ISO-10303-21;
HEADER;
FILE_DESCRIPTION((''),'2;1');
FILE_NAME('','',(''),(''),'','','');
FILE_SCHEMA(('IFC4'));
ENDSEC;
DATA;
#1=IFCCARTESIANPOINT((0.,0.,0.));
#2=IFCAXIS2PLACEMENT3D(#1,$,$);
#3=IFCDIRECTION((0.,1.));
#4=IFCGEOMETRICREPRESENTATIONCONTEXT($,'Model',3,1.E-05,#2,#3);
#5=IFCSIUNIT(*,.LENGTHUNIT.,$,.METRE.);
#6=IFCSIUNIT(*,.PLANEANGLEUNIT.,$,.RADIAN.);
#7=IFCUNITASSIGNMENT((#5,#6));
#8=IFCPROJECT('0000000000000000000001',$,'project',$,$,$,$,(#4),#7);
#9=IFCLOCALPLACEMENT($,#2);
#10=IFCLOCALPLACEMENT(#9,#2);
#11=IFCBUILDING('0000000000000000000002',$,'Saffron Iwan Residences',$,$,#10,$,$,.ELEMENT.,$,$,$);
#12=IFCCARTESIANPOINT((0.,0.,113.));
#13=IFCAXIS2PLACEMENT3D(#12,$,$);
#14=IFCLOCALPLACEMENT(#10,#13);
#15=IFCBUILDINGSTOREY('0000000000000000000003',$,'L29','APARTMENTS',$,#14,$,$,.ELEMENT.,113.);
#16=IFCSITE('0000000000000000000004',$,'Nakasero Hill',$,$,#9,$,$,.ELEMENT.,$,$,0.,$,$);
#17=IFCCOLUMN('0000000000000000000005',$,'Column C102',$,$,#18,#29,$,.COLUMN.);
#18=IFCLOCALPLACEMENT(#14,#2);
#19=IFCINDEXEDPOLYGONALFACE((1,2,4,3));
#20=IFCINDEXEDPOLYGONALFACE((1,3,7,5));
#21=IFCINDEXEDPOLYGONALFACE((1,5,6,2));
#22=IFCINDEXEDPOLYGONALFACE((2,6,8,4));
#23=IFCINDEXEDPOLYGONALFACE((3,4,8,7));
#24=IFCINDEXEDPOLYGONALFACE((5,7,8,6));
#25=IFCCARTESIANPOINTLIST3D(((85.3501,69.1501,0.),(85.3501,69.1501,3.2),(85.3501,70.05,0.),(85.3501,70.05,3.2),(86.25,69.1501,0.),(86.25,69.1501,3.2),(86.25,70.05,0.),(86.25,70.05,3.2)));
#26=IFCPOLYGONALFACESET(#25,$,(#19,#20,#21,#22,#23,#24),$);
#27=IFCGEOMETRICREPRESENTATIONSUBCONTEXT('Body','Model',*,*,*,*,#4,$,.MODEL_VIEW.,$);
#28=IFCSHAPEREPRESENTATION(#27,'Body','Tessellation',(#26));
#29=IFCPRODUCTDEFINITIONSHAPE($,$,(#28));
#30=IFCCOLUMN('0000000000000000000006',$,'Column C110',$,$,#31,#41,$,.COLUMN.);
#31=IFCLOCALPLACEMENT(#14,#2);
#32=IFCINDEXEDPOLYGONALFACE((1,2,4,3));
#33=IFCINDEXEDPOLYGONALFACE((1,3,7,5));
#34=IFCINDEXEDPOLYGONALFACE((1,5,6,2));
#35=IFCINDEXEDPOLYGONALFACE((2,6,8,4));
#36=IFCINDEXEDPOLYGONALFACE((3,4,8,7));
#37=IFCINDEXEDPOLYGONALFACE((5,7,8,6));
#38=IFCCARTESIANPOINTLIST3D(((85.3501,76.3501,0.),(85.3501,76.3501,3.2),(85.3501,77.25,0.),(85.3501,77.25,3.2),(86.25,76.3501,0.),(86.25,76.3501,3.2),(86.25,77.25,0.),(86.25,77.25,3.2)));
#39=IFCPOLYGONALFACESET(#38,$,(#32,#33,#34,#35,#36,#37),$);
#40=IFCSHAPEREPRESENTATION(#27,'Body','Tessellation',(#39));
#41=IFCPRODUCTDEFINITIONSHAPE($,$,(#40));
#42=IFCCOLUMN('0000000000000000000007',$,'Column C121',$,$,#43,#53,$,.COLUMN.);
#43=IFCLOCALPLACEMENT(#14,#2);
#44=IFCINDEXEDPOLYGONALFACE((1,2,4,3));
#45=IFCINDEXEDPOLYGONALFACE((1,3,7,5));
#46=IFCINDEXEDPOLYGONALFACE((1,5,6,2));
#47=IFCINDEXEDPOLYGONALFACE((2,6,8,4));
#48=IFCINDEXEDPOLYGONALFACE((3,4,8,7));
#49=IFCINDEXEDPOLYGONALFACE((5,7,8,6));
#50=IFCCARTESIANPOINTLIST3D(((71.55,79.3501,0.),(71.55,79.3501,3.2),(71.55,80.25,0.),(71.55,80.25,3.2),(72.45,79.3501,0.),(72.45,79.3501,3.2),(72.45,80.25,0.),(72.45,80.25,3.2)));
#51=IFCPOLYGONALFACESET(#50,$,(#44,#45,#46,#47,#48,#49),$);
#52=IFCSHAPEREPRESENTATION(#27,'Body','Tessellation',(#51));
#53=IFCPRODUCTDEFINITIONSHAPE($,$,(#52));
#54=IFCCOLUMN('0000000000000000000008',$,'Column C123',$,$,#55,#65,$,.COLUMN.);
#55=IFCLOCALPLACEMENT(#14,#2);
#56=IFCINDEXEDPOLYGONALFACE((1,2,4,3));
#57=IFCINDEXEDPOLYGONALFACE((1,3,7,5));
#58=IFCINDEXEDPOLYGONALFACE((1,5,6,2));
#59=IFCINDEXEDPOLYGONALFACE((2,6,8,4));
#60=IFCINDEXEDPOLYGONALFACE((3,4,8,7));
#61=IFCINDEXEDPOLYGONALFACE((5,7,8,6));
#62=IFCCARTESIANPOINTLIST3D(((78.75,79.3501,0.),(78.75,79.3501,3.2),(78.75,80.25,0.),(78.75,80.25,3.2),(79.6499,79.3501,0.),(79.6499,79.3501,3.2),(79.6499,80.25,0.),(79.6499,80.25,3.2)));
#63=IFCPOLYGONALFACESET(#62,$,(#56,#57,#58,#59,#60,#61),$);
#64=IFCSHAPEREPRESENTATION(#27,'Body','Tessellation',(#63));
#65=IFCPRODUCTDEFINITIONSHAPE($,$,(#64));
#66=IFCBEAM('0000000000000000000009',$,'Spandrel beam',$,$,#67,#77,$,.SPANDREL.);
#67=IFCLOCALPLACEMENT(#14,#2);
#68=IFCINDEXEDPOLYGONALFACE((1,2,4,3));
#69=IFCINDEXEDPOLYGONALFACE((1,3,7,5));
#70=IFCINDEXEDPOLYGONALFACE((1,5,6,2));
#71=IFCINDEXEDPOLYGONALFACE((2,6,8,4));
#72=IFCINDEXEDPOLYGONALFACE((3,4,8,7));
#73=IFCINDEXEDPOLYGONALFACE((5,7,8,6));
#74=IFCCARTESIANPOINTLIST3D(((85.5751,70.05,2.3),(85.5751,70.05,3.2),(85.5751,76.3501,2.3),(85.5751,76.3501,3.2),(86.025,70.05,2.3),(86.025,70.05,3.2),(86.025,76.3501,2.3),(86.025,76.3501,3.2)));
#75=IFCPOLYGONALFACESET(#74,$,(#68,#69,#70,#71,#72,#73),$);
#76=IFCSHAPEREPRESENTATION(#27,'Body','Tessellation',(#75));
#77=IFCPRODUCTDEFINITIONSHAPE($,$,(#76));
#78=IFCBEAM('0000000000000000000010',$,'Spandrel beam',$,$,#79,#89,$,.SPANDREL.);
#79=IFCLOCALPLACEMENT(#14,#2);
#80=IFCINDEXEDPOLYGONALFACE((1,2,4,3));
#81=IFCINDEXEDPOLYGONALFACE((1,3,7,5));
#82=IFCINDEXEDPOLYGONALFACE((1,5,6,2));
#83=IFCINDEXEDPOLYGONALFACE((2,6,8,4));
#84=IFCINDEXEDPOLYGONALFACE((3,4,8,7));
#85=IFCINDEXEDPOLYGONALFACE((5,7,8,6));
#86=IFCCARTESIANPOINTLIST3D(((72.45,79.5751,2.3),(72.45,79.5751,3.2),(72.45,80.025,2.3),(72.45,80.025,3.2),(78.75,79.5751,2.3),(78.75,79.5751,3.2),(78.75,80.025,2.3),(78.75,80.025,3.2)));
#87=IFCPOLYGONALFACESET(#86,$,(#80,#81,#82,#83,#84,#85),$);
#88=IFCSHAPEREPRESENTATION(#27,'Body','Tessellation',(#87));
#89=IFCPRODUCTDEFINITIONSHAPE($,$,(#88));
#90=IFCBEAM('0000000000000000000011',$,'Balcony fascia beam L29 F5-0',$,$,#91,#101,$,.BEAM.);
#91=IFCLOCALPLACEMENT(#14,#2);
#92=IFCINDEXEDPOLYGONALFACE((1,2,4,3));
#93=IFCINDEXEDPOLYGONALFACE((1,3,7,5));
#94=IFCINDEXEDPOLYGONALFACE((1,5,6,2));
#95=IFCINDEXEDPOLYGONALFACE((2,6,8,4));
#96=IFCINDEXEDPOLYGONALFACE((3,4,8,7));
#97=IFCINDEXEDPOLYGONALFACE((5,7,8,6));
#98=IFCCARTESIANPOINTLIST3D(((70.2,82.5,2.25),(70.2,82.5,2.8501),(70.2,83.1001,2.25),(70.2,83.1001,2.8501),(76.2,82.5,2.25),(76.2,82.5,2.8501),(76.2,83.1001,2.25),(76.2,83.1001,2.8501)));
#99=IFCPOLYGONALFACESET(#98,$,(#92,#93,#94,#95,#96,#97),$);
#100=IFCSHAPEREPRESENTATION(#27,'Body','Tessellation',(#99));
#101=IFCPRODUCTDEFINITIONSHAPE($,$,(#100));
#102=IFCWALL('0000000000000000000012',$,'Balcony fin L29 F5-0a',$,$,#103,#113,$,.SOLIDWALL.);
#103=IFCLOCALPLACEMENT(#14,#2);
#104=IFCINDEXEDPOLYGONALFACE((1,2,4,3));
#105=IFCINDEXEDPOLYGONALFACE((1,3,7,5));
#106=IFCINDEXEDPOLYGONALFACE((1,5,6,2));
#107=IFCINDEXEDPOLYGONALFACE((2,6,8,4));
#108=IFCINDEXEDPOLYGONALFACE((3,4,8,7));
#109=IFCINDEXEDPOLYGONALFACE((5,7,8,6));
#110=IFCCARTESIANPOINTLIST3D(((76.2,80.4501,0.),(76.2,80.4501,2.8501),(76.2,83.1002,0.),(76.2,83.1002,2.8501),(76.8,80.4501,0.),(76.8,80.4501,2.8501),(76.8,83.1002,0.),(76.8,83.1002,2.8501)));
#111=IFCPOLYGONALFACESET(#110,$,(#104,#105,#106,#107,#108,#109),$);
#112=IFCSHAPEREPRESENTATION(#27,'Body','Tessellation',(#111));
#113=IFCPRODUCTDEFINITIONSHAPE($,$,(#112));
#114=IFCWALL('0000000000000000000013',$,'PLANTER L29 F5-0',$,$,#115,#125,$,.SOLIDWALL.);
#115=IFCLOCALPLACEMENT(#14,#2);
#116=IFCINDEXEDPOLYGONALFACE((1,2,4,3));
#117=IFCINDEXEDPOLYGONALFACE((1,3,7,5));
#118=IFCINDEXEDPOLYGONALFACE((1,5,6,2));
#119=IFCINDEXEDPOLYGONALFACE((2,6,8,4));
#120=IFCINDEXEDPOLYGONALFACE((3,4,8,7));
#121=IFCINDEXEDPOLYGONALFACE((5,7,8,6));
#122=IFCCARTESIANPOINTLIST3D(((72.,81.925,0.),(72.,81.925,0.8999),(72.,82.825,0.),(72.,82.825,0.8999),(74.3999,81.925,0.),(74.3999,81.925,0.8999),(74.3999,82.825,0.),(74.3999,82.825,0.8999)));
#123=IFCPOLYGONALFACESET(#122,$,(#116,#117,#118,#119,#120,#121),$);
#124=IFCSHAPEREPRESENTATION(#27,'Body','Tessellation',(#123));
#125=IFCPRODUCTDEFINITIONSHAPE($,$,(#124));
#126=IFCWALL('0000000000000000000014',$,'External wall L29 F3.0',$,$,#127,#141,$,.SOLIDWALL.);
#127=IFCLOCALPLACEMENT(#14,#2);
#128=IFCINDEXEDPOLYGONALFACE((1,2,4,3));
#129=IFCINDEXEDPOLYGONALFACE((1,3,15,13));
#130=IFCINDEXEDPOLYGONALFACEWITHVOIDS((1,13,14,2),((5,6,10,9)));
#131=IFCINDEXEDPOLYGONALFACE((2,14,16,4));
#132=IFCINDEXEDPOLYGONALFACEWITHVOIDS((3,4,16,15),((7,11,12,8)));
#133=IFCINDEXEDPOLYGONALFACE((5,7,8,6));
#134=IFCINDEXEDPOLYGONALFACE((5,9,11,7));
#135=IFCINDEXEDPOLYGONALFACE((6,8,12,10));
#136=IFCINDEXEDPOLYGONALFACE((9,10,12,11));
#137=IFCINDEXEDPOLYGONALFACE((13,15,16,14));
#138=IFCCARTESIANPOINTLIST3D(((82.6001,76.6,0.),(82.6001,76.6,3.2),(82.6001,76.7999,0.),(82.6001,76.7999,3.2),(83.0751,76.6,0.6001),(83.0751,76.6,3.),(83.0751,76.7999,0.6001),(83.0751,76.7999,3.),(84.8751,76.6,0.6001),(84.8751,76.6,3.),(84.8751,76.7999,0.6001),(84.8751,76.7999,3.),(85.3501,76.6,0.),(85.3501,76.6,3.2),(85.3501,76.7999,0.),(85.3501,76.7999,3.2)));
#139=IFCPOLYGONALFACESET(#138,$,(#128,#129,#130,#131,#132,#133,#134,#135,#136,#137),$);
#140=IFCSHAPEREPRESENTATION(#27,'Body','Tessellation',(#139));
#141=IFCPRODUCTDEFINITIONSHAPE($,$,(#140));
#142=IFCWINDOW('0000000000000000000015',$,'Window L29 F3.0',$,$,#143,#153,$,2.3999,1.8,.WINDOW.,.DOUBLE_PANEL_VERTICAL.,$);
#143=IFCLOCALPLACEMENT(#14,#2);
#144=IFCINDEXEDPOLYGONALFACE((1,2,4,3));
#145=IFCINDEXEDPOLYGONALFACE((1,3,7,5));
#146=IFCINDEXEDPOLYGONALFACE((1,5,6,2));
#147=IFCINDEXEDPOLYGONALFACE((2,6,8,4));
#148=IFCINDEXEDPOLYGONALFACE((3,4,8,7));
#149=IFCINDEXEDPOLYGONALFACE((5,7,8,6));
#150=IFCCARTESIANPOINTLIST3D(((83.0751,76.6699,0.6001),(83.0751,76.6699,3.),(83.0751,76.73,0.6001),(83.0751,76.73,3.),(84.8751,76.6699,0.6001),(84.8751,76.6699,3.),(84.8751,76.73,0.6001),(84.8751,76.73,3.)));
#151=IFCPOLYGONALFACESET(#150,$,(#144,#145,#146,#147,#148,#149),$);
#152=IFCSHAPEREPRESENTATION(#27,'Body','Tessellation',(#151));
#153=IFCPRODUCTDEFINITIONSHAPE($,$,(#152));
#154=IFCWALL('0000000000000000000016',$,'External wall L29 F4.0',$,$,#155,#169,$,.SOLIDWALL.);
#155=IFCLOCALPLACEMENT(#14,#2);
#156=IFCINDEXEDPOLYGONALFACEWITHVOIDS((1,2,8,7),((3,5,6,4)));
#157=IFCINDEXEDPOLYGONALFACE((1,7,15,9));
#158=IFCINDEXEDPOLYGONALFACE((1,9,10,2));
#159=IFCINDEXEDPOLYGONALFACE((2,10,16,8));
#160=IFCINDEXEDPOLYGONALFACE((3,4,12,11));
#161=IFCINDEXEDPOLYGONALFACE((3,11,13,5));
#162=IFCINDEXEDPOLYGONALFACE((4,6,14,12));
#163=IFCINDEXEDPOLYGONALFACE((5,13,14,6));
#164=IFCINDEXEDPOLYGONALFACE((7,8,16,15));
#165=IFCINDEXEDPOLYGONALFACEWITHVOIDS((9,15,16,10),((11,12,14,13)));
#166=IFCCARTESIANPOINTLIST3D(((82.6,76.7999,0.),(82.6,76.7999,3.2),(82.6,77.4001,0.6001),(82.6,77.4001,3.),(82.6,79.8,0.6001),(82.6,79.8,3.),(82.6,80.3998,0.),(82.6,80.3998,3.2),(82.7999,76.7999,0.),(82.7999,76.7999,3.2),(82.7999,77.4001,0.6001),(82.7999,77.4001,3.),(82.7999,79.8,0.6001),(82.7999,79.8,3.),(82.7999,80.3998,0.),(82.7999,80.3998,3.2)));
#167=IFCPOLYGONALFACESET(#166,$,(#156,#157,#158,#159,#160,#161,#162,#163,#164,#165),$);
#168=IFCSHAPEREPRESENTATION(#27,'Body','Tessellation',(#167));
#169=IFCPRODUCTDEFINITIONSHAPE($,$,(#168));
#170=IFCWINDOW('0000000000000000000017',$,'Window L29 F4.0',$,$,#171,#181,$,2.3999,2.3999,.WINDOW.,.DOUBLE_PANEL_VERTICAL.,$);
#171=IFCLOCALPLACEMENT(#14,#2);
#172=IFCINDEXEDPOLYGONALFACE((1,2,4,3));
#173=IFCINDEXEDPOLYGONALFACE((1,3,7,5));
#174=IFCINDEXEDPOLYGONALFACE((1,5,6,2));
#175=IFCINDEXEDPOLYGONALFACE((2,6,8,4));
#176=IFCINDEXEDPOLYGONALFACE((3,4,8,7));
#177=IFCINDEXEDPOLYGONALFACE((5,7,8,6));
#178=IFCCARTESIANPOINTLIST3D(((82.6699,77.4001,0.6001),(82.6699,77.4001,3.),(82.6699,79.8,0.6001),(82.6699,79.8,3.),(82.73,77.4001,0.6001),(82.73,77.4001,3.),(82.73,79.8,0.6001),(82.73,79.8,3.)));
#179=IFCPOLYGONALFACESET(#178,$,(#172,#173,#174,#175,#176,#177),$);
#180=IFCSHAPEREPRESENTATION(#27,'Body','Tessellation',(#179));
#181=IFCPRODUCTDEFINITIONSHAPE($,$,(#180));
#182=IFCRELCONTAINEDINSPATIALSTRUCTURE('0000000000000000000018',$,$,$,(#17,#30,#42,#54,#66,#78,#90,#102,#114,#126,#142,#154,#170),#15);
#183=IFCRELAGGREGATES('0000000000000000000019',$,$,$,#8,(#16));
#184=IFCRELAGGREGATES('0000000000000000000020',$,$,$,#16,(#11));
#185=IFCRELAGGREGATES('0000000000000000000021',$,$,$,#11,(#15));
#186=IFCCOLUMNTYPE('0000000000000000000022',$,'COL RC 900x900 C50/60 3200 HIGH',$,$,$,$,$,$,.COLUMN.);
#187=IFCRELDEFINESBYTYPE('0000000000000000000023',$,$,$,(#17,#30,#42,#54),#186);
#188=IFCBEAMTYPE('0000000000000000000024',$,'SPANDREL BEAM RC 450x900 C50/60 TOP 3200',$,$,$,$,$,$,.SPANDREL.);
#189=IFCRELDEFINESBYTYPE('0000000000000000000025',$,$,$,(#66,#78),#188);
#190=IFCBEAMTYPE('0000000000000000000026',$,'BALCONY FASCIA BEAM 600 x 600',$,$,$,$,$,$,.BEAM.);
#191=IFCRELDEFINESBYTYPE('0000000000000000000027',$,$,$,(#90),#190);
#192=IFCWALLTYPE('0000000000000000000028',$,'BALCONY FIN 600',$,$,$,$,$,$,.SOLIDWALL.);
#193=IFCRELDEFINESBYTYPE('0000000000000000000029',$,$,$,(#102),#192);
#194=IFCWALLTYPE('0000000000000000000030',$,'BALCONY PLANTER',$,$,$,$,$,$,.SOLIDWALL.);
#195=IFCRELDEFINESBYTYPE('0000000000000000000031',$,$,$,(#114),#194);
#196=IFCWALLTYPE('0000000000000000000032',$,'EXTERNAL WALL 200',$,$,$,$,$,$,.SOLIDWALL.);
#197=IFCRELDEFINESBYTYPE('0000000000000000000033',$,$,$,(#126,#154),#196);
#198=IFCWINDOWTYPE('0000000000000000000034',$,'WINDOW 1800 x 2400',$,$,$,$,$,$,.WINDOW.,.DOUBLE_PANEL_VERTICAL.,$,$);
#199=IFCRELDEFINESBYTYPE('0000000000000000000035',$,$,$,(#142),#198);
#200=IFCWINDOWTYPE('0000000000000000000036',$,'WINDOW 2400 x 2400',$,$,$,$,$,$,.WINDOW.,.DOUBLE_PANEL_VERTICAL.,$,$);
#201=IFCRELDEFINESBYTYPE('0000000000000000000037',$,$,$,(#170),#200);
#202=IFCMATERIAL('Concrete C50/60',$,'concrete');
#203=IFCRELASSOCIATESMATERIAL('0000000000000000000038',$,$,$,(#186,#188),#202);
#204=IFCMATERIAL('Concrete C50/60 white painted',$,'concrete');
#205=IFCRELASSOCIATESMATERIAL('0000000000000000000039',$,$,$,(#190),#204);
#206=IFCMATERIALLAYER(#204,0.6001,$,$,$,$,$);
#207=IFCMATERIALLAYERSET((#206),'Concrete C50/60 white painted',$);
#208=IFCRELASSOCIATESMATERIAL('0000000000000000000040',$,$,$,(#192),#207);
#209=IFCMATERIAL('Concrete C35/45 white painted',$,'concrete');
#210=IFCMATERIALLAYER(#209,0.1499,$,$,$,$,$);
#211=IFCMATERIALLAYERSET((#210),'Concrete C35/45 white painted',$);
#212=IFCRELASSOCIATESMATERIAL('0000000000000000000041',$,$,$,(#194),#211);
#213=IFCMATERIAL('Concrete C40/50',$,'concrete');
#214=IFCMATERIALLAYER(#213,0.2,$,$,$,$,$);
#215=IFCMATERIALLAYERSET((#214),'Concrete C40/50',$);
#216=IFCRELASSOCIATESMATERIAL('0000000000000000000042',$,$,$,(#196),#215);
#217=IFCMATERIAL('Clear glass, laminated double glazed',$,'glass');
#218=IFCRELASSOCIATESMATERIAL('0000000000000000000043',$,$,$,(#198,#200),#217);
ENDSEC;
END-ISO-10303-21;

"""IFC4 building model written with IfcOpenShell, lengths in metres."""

from ifc_helpers import new_model, si_unit, direction, frame, frame_2d, origin, origin_2d, place, context, subcontext, project, spatial, rectangle, extrude, source, transform, mapped, material, layer, layer_set, material_profile, profile_set, type_object, element, fill, save


model = new_model("IFC4")

# Units and contexts
model_context = context("Model", 3, precision=1e-05, world=origin(), true_north=direction((0.0, 1.0)))
body_context = subcontext(model_context, "Body", "Model", "MODEL_VIEW")
ifc_project = project(units=[si_unit("LENGTHUNIT", "METRE"), si_unit("PLANEANGLEUNIT", "RADIAN")], contexts=[model_context])

# Site, building, storey
site_placement = place(None, origin())
site = spatial("IfcSite", under=ifc_project, at=site_placement, Name="Nakasero Hill", CompositionType="ELEMENT", RefElevation=0.0)
building_placement = place(site_placement, origin())
building = spatial("IfcBuilding", under=site, at=building_placement, Name="Saffron Iwan Residences", CompositionType="ELEMENT")
storey_placement = place(building_placement, frame((0.0, 0.0, 113.0)))
storey = spatial("IfcBuildingStorey", under=building, at=storey_placement, Name="L29", Description="APARTMENTS", CompositionType="ELEMENT", Elevation=113.0)

# Columns
ifc_material_1 = material(Name="Concrete C50/60", Category="concrete")
ifc_material_profile_1 = material_profile(ifc_material_1, rectangle(XDim=0.8999, YDim=0.8999, at=origin_2d()), Name="RC 900x900")
ifc_profile_set_1 = profile_set([ifc_material_profile_1], Name="Concrete C50/60")
column_type = type_object("IfcColumnType", Name="COL RC 900x900 C50/60 3200 HIGH", PredefinedType="COLUMN", material=ifc_profile_set_1)
shared_shape_1 = source(origin(), body_context, "Body", "SweptSolid", [
    extrude(rectangle(XDim=0.8999, YDim=0.8999, at=origin_2d()), origin(), (0.0, 0.0, 1.0), 3.2),
])
for number, where, z_axis, x_axis, name in (
    (1, (85.8, 69.6001, 0.0), (0.0, 0.0, 1.0), (1.0, 0.0, 0.0), "Column C102"),
    (2, (85.8, 76.8, 0.0), (0.0, 0.0, 1.0), (1.0, 0.0, 0.0), "Column C110"),
    (3, (72.0, 79.8, 0.0), (0.0, 0.0, 1.0), (1.0, 0.0, 0.0), "Column C121"),
    (4, (79.2, 79.8, 0.0), (0.0, 0.0, 1.0), (1.0, 0.0, 0.0), "Column C123"),
):
    element("IfcColumn", number, at=place(storey_placement, frame(where, z_axis=z_axis, x_axis=x_axis)), inside=storey, type_object=column_type, Name=name, PredefinedType="COLUMN", context=body_context, shape_type="MappedRepresentation", body=[
        mapped(shared_shape_1, transform((0.0, 0.0, 0.0))),
    ])

# Beams
ifc_material_profile_2 = material_profile(ifc_material_1, rectangle(XDim=0.45, YDim=0.8999, at=origin_2d()), Name="RC 450x900")
ifc_profile_set_2 = profile_set([ifc_material_profile_2], Name="Concrete C50/60")
beam_type_1 = type_object("IfcBeamType", Name="SPANDREL BEAM RC 450x900 C50/60 TOP 3200", PredefinedType="SPANDREL", material=ifc_profile_set_2)
shared_shape_2 = source(origin(), body_context, "Body", "SweptSolid", [
    extrude(rectangle(XDim=0.45, YDim=0.8999, at=origin_2d()), origin(), (0.0, 0.0, 1.0), 6.3),
])
for number, where, z_axis, x_axis, name in (
    (5, (85.8, 76.3501, 2.75), (0.0, -1.0, 0.0), (1.0, 0.0, 0.0), "Spandrel beam"),
    (6, (72.45, 79.8, 2.75), (1.0, 0.0, 0.0), (0.0, 1.0, 0.0), "Spandrel beam"),
):
    element("IfcBeam", number, at=place(storey_placement, frame(where, z_axis=z_axis, x_axis=x_axis)), inside=storey, type_object=beam_type_1, Name=name, PredefinedType="SPANDREL", context=body_context, shape_type="MappedRepresentation", body=[
        mapped(shared_shape_2, transform((0.0, 0.0, 0.0))),
    ])
ifc_material_2 = material(Name="Concrete C50/60 white painted", Category="concrete")
ifc_material_profile_3 = material_profile(ifc_material_2, rectangle(XDim=0.6001, YDim=0.6001, at=origin_2d()), Name="BALCONY FASCIA BEAM 600 x 600")
ifc_profile_set_3 = profile_set([ifc_material_profile_3], Name="Concrete C50/60 white painted")
beam_type_2 = type_object("IfcBeamType", Name="BALCONY FASCIA BEAM 600 x 600", PredefinedType="BEAM", material=ifc_profile_set_3)
shared_shape_3 = source(origin(), body_context, "Body", "SweptSolid", [
    extrude(rectangle(XDim=0.6001, YDim=0.6001, at=origin_2d()), origin(), (0.0, 0.0, 1.0), 6.0),
])
beam_placement = place(storey_placement, frame((76.2, 82.8, 2.55), z_axis=(-1.0, 0.0, 0.0), x_axis=(0.0, -1.0, 0.0)))
element("IfcBeam", 7, at=beam_placement, inside=storey, type_object=beam_type_2, Name="Balcony fascia beam L29 F5-0", PredefinedType="BEAM", context=body_context, shape_type="MappedRepresentation", body=[
    mapped(shared_shape_3, transform((0.0, 0.0, 0.0))),
])

# Walls
ifc_layer_1 = layer(ifc_material_2, 0.6001)
ifc_layer_set_1 = layer_set([ifc_layer_1], Name="Concrete C50/60 white painted")
wall_type_1 = type_object("IfcWallType", Name="BALCONY FIN 600", PredefinedType="SOLIDWALL", material=ifc_layer_set_1)
wall_1_placement = place(storey_placement, frame((76.5, 80.45, 0.0), z_axis=(0.0, 0.0, 1.0), x_axis=(0.0, 1.0, 0.0)))
element("IfcWall", 8, at=wall_1_placement, inside=storey, type_object=wall_type_1, Name="Balcony fin L29 F5-0a", PredefinedType="SOLIDWALL", context=body_context, shape_type="SweptSolid", body=[
    extrude(rectangle(XDim=2.6501, YDim=0.6001, at=frame_2d((1.3252, 0.0))), origin(), (0.0, 0.0, 1.0), 2.8501),
])
ifc_material_3 = material(Name="Concrete C35/45 white painted", Category="concrete")
ifc_layer_2 = layer(ifc_material_3, 0.1499)
ifc_layer_set_2 = layer_set([ifc_layer_2], Name="Concrete C35/45 white painted")
wall_type_2 = type_object("IfcWallType", Name="BALCONY PLANTER", PredefinedType="SOLIDWALL", material=ifc_layer_set_2)
wall_2_placement = place(storey_placement, frame((74.3999, 82.375, 0.0), z_axis=(0.0, 0.0, 1.0), x_axis=(-1.0, 0.0, 0.0)))
element("IfcWall", 9, at=wall_2_placement, inside=storey, type_object=wall_type_2, Name="PLANTER L29 F5-0", PredefinedType="SOLIDWALL", context=body_context, shape_type="SweptSolid", body=[
    extrude(rectangle(XDim=2.3999, YDim=0.8999, at=frame_2d((1.2, 0.0))), origin(), (0.0, 0.0, 1.0), 0.8999),
])

# Walls, openings, windows
ifc_material_4 = material(Name="Concrete C40/50", Category="concrete")
ifc_layer_3 = layer(ifc_material_4, 0.2)
ifc_layer_set_3 = layer_set([ifc_layer_3], Name="Concrete C40/50")
wall_type_3 = type_object("IfcWallType", Name="EXTERNAL WALL 200", PredefinedType="SOLIDWALL", material=ifc_layer_set_3)
wall_3_placement = place(storey_placement, frame((85.3501, 76.7, 0.0), z_axis=(0.0, 0.0, 1.0), x_axis=(-1.0, 0.0, 0.0)))
wall_3 = element("IfcWall", 10, at=wall_3_placement, inside=storey, type_object=wall_type_3, Name="External wall L29 F3.0", PredefinedType="SOLIDWALL", context=body_context, shape_type="SweptSolid", body=[
    extrude(rectangle(XDim=2.75, YDim=0.2, at=frame_2d((1.375, 0.0))), origin(), (0.0, 0.0, 1.0), 3.2),
])
opening_1_placement = place(wall_3_placement, frame((0.4751, 0.0, 0.6001)))
opening_1 = element("IfcOpeningElement", 11, at=opening_1_placement, cuts=wall_3, PredefinedType="OPENING", context=body_context, shape_type="SweptSolid", body=[
    extrude(rectangle(XDim=1.8, YDim=2.3999, at=frame_2d((0.8999, 1.2))), frame((0.0, 0.1099, 0.0), z_axis=(0.0, -1.0, 0.0), x_axis=(1.0, 0.0, 0.0)), (0.0, 0.0, 1.0), 0.22),
])
ifc_material_5 = material(Name="Clear glass, laminated double glazed", Category="glass")
window_type_1 = type_object("IfcWindowType", Name="WINDOW 1800 x 2400", PartitioningType="DOUBLE_PANEL_VERTICAL", PredefinedType="WINDOW", material=ifc_material_5)
window_1_placement = place(opening_1_placement, origin())
window_1 = element("IfcWindow", 12, at=window_1_placement, inside=storey, type_object=window_type_1, Name="Window L29 F3.0", OverallHeight=2.3999, OverallWidth=1.8, PartitioningType="DOUBLE_PANEL_VERTICAL", PredefinedType="WINDOW", context=body_context, shape_type="SweptSolid", body=[
    extrude(rectangle(XDim=1.8, YDim=2.3999, at=frame_2d((0.8999, 1.2))), frame((0.0, 0.03, 0.0), z_axis=(0.0, -1.0, 0.0), x_axis=(1.0, 0.0, 0.0)), (0.0, 0.0, 1.0), 0.0601),
])
fill(opening_1, window_1)
wall_4_placement = place(storey_placement, frame((82.7, 76.8, 0.0), z_axis=(0.0, 0.0, 1.0), x_axis=(0.0, 1.0, 0.0)))
wall_4 = element("IfcWall", 13, at=wall_4_placement, inside=storey, type_object=wall_type_3, Name="External wall L29 F4.0", PredefinedType="SOLIDWALL", context=body_context, shape_type="SweptSolid", body=[
    extrude(rectangle(XDim=3.5999, YDim=0.2, at=frame_2d((1.7998, 0.0))), origin(), (0.0, 0.0, 1.0), 3.2),
])
opening_2_placement = place(wall_4_placement, frame((0.6001, 0.0, 0.6001)))
opening_2 = element("IfcOpeningElement", 14, at=opening_2_placement, cuts=wall_4, PredefinedType="OPENING", context=body_context, shape_type="SweptSolid", body=[
    extrude(rectangle(XDim=2.3999, YDim=2.3999, at=frame_2d((1.2, 1.2))), frame((0.0, 0.1099, 0.0), z_axis=(0.0, -1.0, 0.0), x_axis=(1.0, 0.0, 0.0)), (0.0, 0.0, 1.0), 0.22),
])
window_type_2 = type_object("IfcWindowType", Name="WINDOW 2400 x 2400", PartitioningType="DOUBLE_PANEL_VERTICAL", PredefinedType="WINDOW", material=ifc_material_5)
window_2_placement = place(opening_2_placement, origin())
window_2 = element("IfcWindow", 15, at=window_2_placement, inside=storey, type_object=window_type_2, Name="Window L29 F4.0", OverallHeight=2.3999, OverallWidth=2.3999, PartitioningType="DOUBLE_PANEL_VERTICAL", PredefinedType="WINDOW", context=body_context, shape_type="SweptSolid", body=[
    extrude(rectangle(XDim=2.3999, YDim=2.3999, at=frame_2d((1.2, 1.2))), frame((0.0, 0.03, 0.0), z_axis=(0.0, -1.0, 0.0), x_axis=(1.0, 0.0, 0.0)), (0.0, 0.0, 1.0), 0.0601),
])
fill(opening_2, window_2)

save(model, "model.ifc")
